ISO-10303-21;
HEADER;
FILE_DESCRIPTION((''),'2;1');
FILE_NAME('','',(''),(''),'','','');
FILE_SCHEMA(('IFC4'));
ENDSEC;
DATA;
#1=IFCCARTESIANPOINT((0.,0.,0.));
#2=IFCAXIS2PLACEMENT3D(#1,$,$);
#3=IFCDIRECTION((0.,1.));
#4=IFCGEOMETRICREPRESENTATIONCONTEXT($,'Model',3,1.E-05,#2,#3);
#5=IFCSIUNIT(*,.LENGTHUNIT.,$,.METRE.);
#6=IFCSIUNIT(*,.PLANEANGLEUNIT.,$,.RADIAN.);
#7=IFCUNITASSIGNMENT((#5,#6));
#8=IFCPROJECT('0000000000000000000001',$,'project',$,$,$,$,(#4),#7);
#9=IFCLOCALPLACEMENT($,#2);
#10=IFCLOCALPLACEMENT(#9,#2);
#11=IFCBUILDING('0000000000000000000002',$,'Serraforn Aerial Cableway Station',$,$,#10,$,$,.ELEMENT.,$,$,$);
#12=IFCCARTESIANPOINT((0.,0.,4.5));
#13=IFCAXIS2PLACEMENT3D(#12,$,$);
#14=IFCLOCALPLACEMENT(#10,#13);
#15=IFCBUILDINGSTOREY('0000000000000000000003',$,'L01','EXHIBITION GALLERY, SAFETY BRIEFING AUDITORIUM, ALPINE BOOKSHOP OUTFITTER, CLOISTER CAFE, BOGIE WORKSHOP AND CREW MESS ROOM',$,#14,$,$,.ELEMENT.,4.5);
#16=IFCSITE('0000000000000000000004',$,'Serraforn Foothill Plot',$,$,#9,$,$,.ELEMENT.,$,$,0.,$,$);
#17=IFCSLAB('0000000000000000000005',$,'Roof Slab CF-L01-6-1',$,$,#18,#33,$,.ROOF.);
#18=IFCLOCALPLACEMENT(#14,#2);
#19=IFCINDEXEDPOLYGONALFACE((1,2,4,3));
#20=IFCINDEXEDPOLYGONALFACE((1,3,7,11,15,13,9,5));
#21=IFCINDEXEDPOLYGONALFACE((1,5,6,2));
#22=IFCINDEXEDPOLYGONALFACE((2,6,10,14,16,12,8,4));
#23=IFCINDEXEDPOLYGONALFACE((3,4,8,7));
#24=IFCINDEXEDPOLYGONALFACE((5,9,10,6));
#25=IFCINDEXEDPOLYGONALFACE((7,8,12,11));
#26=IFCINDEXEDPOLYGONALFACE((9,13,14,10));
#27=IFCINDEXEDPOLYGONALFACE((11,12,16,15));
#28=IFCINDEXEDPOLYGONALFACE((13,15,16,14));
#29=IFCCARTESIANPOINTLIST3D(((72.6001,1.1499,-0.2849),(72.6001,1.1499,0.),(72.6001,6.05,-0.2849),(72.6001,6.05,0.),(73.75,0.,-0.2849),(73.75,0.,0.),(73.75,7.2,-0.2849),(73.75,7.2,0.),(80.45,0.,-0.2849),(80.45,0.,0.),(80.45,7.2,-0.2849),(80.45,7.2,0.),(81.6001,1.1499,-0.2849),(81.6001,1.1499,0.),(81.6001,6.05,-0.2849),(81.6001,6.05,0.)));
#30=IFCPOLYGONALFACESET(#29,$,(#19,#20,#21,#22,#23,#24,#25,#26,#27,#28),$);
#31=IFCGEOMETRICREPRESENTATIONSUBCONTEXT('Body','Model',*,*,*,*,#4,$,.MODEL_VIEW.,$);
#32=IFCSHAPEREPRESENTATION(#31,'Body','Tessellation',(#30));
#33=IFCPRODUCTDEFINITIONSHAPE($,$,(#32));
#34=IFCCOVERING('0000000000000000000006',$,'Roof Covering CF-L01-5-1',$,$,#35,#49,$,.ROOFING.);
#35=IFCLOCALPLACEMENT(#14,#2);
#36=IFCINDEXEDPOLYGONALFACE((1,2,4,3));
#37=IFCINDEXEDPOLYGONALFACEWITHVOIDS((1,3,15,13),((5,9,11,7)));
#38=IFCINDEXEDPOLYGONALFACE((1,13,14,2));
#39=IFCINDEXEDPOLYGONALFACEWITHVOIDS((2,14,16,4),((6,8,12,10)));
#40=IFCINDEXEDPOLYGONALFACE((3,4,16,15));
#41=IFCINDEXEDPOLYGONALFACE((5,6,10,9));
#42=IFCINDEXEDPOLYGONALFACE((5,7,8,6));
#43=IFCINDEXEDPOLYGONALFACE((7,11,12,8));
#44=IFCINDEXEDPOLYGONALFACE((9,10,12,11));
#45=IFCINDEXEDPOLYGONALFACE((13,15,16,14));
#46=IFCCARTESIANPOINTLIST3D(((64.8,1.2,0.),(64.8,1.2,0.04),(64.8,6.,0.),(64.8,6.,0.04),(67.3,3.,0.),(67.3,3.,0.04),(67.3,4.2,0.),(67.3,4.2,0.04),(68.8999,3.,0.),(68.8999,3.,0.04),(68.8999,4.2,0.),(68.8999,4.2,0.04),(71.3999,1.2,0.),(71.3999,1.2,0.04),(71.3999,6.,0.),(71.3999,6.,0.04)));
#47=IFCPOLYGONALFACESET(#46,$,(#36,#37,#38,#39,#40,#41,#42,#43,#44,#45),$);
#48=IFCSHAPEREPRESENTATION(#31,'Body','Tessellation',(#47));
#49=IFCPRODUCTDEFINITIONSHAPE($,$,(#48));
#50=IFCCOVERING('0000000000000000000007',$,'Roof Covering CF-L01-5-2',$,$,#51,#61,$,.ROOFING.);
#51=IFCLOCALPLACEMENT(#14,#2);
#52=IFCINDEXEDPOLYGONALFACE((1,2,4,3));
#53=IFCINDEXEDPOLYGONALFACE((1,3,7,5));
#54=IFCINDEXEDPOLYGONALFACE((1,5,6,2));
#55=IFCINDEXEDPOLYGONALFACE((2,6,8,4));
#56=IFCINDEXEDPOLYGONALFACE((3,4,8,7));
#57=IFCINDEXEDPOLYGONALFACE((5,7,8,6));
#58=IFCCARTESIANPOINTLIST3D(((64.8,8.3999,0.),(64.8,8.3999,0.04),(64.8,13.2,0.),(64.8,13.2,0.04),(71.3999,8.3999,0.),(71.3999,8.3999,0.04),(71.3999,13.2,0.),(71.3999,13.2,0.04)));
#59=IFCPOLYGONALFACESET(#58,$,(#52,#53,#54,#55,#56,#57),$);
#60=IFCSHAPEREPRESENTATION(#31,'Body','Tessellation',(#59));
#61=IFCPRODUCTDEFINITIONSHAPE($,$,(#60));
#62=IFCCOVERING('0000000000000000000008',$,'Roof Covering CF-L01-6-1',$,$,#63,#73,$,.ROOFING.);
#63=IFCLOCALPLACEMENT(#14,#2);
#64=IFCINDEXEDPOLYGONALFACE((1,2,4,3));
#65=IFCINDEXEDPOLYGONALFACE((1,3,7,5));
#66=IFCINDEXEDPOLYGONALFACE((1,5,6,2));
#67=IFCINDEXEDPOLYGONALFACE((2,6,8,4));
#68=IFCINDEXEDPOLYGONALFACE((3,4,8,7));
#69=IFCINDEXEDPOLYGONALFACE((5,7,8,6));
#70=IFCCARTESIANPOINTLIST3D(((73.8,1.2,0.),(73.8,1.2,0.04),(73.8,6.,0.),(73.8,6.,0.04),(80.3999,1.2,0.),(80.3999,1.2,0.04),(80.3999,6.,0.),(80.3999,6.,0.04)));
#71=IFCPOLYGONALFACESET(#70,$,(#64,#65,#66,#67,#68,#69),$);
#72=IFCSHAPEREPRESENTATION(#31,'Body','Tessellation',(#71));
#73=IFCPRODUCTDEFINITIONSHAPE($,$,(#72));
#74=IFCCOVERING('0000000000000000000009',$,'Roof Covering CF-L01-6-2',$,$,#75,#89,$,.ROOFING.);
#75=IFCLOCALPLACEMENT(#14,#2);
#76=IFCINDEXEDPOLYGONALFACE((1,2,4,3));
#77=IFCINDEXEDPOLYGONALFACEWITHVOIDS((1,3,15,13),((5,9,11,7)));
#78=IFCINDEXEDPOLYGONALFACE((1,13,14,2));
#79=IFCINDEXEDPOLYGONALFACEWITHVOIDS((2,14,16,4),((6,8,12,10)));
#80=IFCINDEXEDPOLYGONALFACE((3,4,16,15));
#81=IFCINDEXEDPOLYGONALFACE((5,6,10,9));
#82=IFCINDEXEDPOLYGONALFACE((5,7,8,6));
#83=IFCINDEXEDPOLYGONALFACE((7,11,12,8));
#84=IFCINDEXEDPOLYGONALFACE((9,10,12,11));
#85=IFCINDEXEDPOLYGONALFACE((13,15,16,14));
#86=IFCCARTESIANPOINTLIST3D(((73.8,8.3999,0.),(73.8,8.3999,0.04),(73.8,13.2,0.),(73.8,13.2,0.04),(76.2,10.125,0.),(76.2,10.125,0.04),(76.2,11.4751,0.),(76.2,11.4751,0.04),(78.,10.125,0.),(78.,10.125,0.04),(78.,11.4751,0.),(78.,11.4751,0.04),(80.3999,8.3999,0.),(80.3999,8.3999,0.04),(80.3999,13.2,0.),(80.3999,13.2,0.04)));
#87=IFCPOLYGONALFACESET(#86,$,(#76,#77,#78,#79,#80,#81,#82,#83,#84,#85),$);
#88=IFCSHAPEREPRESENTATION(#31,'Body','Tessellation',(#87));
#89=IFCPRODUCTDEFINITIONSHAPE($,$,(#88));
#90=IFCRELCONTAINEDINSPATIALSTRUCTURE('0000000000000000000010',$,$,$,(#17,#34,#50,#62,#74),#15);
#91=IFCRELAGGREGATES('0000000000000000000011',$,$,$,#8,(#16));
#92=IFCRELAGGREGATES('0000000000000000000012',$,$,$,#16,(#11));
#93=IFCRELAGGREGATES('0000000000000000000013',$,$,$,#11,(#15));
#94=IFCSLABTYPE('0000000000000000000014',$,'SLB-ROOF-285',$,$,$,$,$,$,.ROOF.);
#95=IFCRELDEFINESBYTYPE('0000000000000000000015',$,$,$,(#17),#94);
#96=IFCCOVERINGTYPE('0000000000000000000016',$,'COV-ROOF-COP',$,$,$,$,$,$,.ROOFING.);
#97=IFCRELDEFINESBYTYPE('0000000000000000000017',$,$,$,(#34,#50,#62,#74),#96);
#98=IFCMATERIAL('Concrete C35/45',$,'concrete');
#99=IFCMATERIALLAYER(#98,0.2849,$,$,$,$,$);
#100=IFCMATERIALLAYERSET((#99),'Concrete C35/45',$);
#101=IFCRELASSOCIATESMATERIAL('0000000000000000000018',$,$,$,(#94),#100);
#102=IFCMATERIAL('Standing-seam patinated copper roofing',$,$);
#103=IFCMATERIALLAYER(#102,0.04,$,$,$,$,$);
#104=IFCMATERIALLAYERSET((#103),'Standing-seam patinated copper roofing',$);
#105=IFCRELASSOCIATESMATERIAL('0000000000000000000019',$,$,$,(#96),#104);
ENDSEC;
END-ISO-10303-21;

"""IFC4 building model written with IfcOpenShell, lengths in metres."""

from ifc_helpers import new_model, si_unit, direction, frame, origin, place, context, subcontext, project, spatial, polyline, outline, extrude, material, layer, layer_set, type_object, element, save


model = new_model("IFC4")

# Units and contexts
model_context = context("Model", 3, precision=1e-05, world=origin(), true_north=direction((0.0, 1.0)))
body_context = subcontext(model_context, "Body", "Model", "MODEL_VIEW")
ifc_project = project(units=[si_unit("LENGTHUNIT", "METRE"), si_unit("PLANEANGLEUNIT", "RADIAN")], contexts=[model_context])

# Site, building, storey
site_placement = place(None, origin())
site = spatial("IfcSite", under=ifc_project, at=site_placement, Name="Serraforn Foothill Plot", CompositionType="ELEMENT", RefElevation=0.0)
building_placement = place(site_placement, origin())
building = spatial("IfcBuilding", under=site, at=building_placement, Name="Serraforn Aerial Cableway Station", CompositionType="ELEMENT")
storey_placement = place(building_placement, frame((0.0, 0.0, 4.5)))
storey = spatial("IfcBuildingStorey", under=building, at=storey_placement, Name="L01", Description="EXHIBITION GALLERY, SAFETY BRIEFING AUDITORIUM, ALPINE BOOKSHOP OUTFITTER, CLOISTER CAFE, BOGIE WORKSHOP AND CREW MESS ROOM", CompositionType="ELEMENT", Elevation=4.5)

# Shared definitions
ifc_material_1 = material(Name="Concrete C35/45", Category="concrete")

# Shared definitions
ifc_layer_1 = layer(ifc_material_1, 0.2849)
ifc_layer_set_1 = layer_set([ifc_layer_1], Name="Concrete C35/45")
slab_type_1 = type_object("IfcSlabType", Name="SLB-ROOF-285", PredefinedType="ROOF", material=ifc_layer_set_1)

# Slab
slab_1_placement = place(storey_placement, frame((0.0, 0.0, -0.2849)))
element("IfcSlab", 1, at=slab_1_placement, inside=storey, type_object=slab_type_1, Name="Roof Slab CF-L01-6-1", PredefinedType="ROOF", context=body_context, shape_type="SweptSolid", body=[
    extrude(outline(polyline([(73.75, 0.0), (80.45, 0.0), (81.6001, 1.1499), (81.6001, 6.05), (80.45, 7.2), (73.75, 7.2), (72.6001, 6.05), (72.6001, 1.1499), (73.75, 0.0)])), origin(), (0.0, 0.0, 1.0), 0.2849),
])

# Coverings
ifc_material_2 = material(Name="Standing-seam patinated copper roofing")
ifc_layer_2 = layer(ifc_material_2, 0.04)
ifc_layer_set_2 = layer_set([ifc_layer_2], Name="Standing-seam patinated copper roofing")
covering_type = type_object("IfcCoveringType", Name="COV-ROOF-COP", PredefinedType="ROOFING", material=ifc_layer_set_2)
covering_1_placement = place(storey_placement, origin())
element("IfcCovering", 2, at=covering_1_placement, inside=storey, type_object=covering_type, Name="Roof Covering CF-L01-5-1", PredefinedType="ROOFING", context=body_context, shape_type="SweptSolid", body=[
    extrude(outline(polyline([(64.8, 1.2), (71.3999, 1.2), (71.3999, 6.0), (64.8, 6.0), (64.8, 1.2)]), holes=[polyline([(67.3, 3.0), (68.8999, 3.0), (68.8999, 4.2), (67.3, 4.2), (67.3, 3.0)])]), origin(), (0.0, 0.0, 1.0), 0.04),
])
covering_2_placement = place(storey_placement, origin())
element("IfcCovering", 3, at=covering_2_placement, inside=storey, type_object=covering_type, Name="Roof Covering CF-L01-5-2", PredefinedType="ROOFING", context=body_context, shape_type="SweptSolid", body=[
    extrude(outline(polyline([(64.8, 8.3999), (71.3999, 8.3999), (71.3999, 13.2), (64.8, 13.2), (64.8, 8.3999)])), origin(), (0.0, 0.0, 1.0), 0.04),
])
covering_3_placement = place(storey_placement, origin())
element("IfcCovering", 4, at=covering_3_placement, inside=storey, type_object=covering_type, Name="Roof Covering CF-L01-6-1", PredefinedType="ROOFING", context=body_context, shape_type="SweptSolid", body=[
    extrude(outline(polyline([(73.8, 1.2), (80.3999, 1.2), (80.3999, 6.0), (73.8, 6.0), (73.8, 1.2)])), origin(), (0.0, 0.0, 1.0), 0.04),
])
covering_4_placement = place(storey_placement, origin())
element("IfcCovering", 5, at=covering_4_placement, inside=storey, type_object=covering_type, Name="Roof Covering CF-L01-6-2", PredefinedType="ROOFING", context=body_context, shape_type="SweptSolid", body=[
    extrude(outline(polyline([(73.8, 8.3999), (80.3999, 8.3999), (80.3999, 13.2), (73.8, 13.2), (73.8, 8.3999)]), holes=[polyline([(76.2, 10.125), (78.0, 10.125), (78.0, 11.4751), (76.2, 11.4751), (76.2, 10.125)])]), origin(), (0.0, 0.0, 1.0), 0.04),
])

save(model, "model.ifc")
